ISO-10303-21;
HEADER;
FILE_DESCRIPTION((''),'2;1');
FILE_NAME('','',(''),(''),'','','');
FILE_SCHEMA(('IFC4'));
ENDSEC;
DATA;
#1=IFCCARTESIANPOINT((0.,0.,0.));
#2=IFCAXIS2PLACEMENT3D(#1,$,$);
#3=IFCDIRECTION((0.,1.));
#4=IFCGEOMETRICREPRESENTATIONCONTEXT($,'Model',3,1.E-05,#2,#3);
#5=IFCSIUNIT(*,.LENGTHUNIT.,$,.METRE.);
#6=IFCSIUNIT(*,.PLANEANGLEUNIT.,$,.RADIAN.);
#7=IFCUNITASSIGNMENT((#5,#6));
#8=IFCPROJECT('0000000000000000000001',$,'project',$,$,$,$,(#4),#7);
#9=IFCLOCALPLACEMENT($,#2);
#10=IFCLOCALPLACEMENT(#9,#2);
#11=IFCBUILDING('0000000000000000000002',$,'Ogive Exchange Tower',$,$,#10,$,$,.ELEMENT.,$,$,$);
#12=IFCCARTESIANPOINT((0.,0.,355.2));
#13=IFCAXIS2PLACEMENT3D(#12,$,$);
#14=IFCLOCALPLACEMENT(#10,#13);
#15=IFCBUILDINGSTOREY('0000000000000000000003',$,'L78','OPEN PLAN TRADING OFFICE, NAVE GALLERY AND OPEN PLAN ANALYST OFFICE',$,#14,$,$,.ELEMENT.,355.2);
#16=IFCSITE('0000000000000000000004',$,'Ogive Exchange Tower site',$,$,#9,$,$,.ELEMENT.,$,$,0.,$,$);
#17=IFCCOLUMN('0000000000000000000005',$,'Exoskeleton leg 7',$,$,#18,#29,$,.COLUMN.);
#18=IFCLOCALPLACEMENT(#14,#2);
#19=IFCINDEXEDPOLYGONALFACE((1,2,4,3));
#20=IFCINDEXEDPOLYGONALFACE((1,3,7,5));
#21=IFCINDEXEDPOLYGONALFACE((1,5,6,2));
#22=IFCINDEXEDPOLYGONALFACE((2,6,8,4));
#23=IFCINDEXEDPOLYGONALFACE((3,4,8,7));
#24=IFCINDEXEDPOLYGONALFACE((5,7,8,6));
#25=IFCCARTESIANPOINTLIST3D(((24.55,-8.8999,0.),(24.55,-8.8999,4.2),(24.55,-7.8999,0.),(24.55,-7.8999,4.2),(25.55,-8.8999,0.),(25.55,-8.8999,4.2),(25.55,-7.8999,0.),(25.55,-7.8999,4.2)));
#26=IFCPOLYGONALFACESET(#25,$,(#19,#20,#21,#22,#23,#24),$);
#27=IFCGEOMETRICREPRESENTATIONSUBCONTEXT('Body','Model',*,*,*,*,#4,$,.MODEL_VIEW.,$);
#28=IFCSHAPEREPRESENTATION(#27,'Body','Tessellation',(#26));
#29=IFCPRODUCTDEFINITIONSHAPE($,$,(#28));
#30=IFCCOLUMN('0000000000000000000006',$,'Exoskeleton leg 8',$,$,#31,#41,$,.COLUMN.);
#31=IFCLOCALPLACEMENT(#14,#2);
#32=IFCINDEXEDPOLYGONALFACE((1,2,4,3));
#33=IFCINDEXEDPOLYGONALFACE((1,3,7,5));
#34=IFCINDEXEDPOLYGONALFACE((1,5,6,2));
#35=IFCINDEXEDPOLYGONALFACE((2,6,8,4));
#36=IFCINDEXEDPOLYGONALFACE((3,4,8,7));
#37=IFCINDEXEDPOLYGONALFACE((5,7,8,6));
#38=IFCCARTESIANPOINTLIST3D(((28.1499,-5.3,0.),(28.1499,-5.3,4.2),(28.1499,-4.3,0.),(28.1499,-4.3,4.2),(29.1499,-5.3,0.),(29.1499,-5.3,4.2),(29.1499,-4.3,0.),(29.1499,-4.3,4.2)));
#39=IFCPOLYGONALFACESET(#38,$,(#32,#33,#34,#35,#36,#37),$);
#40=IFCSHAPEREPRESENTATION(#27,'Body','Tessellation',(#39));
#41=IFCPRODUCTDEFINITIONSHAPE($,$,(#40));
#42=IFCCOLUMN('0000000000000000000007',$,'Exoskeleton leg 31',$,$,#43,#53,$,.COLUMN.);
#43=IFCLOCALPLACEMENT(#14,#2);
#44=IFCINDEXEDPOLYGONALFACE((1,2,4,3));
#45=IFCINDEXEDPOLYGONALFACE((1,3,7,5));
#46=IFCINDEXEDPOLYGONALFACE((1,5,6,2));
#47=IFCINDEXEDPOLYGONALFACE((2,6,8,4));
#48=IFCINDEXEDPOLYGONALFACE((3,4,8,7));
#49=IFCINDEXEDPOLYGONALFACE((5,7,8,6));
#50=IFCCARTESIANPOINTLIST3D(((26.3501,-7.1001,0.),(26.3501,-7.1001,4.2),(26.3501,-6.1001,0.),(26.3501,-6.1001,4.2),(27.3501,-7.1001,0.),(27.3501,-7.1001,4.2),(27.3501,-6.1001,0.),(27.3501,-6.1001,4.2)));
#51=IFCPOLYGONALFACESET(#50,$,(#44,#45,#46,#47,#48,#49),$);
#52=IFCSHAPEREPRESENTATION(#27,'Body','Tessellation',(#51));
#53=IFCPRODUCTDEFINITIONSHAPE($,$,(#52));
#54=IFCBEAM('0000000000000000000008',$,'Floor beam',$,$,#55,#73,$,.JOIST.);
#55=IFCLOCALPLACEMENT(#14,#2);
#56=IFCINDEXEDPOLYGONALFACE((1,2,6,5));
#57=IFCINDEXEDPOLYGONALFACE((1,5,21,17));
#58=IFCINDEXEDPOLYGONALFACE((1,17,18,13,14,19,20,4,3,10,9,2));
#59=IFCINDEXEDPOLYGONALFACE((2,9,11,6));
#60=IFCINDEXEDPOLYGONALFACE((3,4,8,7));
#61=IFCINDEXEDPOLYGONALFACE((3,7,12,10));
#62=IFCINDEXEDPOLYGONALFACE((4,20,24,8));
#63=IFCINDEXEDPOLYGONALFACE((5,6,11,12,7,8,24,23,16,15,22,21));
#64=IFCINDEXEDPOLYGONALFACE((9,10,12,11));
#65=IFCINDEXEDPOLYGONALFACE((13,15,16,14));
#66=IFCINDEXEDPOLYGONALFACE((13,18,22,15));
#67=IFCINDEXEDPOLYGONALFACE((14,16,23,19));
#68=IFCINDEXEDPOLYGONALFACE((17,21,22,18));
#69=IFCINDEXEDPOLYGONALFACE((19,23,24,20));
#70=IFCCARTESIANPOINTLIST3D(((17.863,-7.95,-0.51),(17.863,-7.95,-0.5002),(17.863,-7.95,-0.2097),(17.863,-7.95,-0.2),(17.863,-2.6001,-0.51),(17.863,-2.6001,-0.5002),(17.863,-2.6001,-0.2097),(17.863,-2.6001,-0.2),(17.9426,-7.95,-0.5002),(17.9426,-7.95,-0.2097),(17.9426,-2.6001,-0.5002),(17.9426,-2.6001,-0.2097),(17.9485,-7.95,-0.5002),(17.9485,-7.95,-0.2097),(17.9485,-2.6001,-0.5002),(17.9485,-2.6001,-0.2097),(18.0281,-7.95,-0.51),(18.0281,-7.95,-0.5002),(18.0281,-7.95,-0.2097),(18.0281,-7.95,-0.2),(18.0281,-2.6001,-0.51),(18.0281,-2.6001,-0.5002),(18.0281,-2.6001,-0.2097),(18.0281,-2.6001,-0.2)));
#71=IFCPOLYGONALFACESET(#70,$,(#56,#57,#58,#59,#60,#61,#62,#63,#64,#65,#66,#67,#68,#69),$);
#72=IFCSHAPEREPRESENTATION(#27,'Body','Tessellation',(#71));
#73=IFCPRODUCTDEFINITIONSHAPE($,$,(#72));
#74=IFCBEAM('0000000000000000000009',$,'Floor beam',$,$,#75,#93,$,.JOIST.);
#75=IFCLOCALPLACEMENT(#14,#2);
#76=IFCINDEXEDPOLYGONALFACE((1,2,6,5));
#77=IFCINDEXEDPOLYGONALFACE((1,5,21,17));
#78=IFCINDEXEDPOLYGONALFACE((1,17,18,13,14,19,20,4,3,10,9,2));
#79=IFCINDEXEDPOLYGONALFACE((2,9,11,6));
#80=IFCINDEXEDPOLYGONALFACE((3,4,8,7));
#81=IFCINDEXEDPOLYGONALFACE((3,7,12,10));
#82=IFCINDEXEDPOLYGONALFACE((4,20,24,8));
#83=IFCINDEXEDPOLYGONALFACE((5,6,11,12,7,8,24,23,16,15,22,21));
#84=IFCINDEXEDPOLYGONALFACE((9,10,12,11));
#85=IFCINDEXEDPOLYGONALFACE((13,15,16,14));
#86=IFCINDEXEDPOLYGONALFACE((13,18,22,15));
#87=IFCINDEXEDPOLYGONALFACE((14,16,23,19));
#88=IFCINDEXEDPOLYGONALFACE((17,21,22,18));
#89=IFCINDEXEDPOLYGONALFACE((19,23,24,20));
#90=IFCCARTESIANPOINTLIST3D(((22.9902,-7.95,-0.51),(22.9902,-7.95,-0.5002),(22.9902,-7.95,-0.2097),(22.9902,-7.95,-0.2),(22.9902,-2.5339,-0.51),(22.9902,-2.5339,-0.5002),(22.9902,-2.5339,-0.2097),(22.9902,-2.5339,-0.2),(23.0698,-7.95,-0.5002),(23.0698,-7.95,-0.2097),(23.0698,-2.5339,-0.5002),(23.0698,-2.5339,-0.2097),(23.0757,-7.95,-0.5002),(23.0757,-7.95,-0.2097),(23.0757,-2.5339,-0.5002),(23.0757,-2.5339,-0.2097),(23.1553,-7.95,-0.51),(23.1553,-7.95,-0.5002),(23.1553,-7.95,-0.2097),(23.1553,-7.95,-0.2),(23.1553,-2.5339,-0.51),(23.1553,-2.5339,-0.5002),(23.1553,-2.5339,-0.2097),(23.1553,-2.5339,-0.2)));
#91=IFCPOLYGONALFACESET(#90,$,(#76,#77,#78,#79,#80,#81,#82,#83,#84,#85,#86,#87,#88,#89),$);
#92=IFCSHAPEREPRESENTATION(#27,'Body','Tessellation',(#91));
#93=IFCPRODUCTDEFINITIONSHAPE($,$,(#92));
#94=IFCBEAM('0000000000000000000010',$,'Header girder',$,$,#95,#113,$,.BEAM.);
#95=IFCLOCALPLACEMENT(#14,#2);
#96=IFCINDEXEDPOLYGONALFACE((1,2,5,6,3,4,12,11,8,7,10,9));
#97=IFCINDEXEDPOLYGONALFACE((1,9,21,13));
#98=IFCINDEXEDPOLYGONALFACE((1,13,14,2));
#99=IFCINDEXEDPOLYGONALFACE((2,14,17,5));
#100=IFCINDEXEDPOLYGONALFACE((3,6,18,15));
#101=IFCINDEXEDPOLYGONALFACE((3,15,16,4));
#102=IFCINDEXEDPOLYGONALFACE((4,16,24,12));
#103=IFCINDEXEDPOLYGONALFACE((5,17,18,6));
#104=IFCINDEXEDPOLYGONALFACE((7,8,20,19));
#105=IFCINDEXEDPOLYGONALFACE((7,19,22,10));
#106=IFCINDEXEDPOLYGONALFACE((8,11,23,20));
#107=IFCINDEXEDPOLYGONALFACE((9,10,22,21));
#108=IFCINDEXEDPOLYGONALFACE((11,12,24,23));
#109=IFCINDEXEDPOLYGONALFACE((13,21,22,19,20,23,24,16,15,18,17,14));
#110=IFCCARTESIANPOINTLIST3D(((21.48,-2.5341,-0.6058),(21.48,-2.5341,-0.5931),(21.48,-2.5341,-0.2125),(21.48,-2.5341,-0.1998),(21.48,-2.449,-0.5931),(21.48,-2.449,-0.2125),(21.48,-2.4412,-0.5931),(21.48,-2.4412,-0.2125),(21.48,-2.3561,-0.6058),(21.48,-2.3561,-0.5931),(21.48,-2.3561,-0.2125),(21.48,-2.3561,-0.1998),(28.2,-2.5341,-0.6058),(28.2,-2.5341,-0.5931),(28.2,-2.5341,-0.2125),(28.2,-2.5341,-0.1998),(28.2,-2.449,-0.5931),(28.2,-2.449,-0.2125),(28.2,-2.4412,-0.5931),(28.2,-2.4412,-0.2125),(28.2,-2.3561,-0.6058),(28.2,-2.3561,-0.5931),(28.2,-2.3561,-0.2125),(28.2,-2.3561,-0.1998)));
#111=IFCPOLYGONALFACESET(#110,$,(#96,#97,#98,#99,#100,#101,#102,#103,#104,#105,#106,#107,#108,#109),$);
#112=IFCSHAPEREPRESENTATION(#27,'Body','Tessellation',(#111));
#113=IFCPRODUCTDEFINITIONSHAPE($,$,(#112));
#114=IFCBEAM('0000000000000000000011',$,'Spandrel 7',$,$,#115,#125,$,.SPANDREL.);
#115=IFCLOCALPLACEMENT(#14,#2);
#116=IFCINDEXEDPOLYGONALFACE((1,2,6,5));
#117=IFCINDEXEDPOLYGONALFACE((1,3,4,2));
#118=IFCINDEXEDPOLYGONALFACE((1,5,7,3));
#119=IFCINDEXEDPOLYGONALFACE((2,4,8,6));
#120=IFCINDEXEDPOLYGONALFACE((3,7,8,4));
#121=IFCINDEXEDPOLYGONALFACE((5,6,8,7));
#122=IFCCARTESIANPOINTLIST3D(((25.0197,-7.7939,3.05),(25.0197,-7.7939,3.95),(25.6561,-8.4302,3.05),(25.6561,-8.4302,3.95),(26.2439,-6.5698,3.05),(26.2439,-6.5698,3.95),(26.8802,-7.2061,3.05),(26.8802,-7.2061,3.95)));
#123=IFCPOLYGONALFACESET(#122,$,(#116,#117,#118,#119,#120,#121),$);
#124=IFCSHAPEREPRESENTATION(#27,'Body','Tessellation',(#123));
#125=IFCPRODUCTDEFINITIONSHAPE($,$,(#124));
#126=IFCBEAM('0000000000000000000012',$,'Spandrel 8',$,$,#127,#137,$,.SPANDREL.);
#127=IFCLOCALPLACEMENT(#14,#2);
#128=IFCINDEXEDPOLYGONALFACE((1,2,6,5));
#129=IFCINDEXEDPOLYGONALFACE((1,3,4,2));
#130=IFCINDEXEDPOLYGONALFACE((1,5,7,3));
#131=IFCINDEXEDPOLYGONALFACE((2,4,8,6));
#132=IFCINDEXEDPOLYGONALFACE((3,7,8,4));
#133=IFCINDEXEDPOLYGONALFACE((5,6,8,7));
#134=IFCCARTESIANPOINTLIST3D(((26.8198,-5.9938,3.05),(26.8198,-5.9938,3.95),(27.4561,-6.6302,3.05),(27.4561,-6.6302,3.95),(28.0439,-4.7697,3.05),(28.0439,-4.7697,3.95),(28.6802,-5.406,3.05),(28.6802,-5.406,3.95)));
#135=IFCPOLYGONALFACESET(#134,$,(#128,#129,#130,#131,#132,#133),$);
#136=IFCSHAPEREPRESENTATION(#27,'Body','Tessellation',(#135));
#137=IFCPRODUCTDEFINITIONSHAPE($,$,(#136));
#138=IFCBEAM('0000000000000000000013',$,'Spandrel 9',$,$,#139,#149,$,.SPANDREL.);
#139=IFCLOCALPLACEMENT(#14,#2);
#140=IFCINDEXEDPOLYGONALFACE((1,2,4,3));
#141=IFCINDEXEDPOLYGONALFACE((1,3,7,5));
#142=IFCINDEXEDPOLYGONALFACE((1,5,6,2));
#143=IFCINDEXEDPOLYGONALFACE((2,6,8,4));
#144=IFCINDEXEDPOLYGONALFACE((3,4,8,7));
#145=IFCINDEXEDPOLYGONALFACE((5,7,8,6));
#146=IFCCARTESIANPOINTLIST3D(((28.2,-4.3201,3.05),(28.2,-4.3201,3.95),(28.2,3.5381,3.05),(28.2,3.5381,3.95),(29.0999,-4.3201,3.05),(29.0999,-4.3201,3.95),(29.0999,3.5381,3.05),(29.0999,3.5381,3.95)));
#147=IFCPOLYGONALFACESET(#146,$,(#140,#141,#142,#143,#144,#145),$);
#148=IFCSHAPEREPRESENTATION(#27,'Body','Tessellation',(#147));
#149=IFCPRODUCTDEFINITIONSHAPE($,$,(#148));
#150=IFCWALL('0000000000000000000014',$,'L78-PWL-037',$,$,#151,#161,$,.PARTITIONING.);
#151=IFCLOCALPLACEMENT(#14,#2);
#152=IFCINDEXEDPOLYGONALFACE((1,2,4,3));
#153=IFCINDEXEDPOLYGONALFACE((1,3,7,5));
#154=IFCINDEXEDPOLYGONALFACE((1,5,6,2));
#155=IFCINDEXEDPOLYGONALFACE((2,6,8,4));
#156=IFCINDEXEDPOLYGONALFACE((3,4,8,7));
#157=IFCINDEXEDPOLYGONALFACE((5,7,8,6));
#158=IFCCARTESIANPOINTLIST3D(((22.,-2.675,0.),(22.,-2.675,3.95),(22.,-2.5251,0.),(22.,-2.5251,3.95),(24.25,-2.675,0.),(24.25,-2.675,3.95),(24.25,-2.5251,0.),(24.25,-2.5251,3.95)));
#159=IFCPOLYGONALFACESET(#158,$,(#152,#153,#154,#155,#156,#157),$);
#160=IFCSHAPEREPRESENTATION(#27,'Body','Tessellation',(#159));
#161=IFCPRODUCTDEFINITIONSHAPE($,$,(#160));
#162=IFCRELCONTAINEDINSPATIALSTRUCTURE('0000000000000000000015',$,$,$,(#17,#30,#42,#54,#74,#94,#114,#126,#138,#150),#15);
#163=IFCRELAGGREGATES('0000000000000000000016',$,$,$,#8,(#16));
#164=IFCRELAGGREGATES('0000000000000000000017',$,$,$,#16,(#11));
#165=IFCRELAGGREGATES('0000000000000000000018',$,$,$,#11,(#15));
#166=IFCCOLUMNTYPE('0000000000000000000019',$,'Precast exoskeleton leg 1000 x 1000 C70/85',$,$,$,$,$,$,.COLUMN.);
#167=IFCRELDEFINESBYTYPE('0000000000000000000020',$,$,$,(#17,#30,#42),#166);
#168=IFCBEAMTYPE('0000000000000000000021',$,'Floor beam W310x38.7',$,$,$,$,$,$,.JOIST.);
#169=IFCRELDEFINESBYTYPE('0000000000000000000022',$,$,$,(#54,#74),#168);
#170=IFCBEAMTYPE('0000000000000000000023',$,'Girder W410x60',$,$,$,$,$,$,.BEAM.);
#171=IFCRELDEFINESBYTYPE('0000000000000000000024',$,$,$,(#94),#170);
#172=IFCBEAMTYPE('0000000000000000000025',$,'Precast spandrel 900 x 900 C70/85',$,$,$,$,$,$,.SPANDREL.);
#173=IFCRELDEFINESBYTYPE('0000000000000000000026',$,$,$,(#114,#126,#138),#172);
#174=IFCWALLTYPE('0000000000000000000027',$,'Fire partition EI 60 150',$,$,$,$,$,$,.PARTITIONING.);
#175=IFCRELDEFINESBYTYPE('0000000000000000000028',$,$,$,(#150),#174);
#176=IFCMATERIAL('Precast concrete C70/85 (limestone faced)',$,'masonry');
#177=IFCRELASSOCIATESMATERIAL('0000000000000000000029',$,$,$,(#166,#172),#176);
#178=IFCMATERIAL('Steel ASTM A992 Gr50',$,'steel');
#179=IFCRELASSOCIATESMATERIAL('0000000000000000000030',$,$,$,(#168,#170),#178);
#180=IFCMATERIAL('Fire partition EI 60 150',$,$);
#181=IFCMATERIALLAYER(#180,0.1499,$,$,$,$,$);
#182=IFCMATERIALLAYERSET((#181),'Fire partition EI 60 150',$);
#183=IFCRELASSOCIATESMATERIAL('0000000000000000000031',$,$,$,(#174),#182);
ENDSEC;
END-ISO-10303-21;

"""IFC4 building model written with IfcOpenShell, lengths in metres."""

from ifc_helpers import new_model, si_unit, direction, frame, frame_2d, origin, origin_2d, place, context, subcontext, project, spatial, rectangle, i_section, extrude, material, layer, layer_set, material_profile, profile_set, type_object, element, save


model = new_model("IFC4")

# Units and contexts
model_context = context("Model", 3, precision=1e-05, world=origin(), true_north=direction((0.0, 1.0)))
body_context = subcontext(model_context, "Body", "Model", "MODEL_VIEW")
ifc_project = project(units=[si_unit("LENGTHUNIT", "METRE"), si_unit("PLANEANGLEUNIT", "RADIAN")], contexts=[model_context])

# Site, building, storey
site_placement = place(None, origin())
site = spatial("IfcSite", under=ifc_project, at=site_placement, Name="Ogive Exchange Tower site", CompositionType="ELEMENT", RefElevation=0.0)
building_placement = place(site_placement, origin())
building = spatial("IfcBuilding", under=site, at=building_placement, Name="Ogive Exchange Tower", CompositionType="ELEMENT")
storey_placement = place(building_placement, frame((0.0, 0.0, 355.2)))
storey = spatial("IfcBuildingStorey", under=building, at=storey_placement, Name="L78", Description="OPEN PLAN TRADING OFFICE, NAVE GALLERY AND OPEN PLAN ANALYST OFFICE", CompositionType="ELEMENT", Elevation=355.2)

# Columns
ifc_material_1 = material(Name="Precast concrete C70/85 (limestone faced)", Category="masonry")
ifc_material_profile_1 = material_profile(ifc_material_1, rectangle(XDim=1.0, YDim=1.0, at=origin_2d()), Name="1000 x 1000")
ifc_profile_set_1 = profile_set([ifc_material_profile_1], Name="Precast concrete C70/85 (limestone faced)")
column_type = type_object("IfcColumnType", Name="Precast exoskeleton leg 1000 x 1000 C70/85", PredefinedType="COLUMN", material=ifc_profile_set_1)
for number, where, z_axis, x_axis, name in (
    (1, (25.05, -8.3999, 0.0), (0.0, 0.0, 1.0), (1.0, 0.0, 0.0), "Exoskeleton leg 7"),
    (2, (28.6499, -4.8, 0.0), (0.0, 0.0, 1.0), (1.0, 0.0, 0.0), "Exoskeleton leg 8"),
    (3, (26.8501, -6.6001, 0.0), (0.0, 0.0, 1.0), (1.0, 0.0, 0.0), "Exoskeleton leg 31"),
):
    element("IfcColumn", number, at=place(storey_placement, frame(where, z_axis=z_axis, x_axis=x_axis)), inside=storey, type_object=column_type, Name=name, PredefinedType="COLUMN", context=body_context, shape_type="SweptSolid", body=[
        extrude(rectangle(XDim=1.0, YDim=1.0, at=origin_2d()), origin(), (0.0, 0.0, 1.0), 4.2),
    ])

# Beams
ifc_material_2 = material(Name="Steel ASTM A992 Gr50", Category="steel")
ifc_material_profile_2 = material_profile(ifc_material_2, i_section(OverallWidth=0.165, OverallDepth=0.3101, WebThickness=0.0059, FlangeThickness=0.0098, at=origin_2d()), Name="W310x38.7")
ifc_profile_set_2 = profile_set([ifc_material_profile_2], Name="Steel ASTM A992 Gr50")
beam_type_1 = type_object("IfcBeamType", Name="Floor beam W310x38.7", PredefinedType="JOIST", material=ifc_profile_set_2)
beam_1_placement = place(storey_placement, frame((17.9456, -7.95, -0.355), z_axis=(0.0, 1.0, 0.0), x_axis=(-1.0, 0.0, 0.0)))
element("IfcBeam", 4, at=beam_1_placement, inside=storey, type_object=beam_type_1, Name="Floor beam", PredefinedType="JOIST", context=body_context, shape_type="SweptSolid", body=[
    extrude(i_section(OverallWidth=0.165, OverallDepth=0.3101, WebThickness=0.0059, FlangeThickness=0.0098, at=origin_2d()), origin(), (0.0, 0.0, 1.0), 5.3499),
])
beam_2_placement = place(storey_placement, frame((23.0728, -7.95, -0.355), z_axis=(0.0, 1.0, 0.0), x_axis=(-1.0, 0.0, 0.0)))
element("IfcBeam", 5, at=beam_2_placement, inside=storey, type_object=beam_type_1, Name="Floor beam", PredefinedType="JOIST", context=body_context, shape_type="SweptSolid", body=[
    extrude(i_section(OverallWidth=0.165, OverallDepth=0.3101, WebThickness=0.0059, FlangeThickness=0.0098, at=origin_2d()), origin(), (0.0, 0.0, 1.0), 5.416),
])
ifc_material_profile_3 = material_profile(ifc_material_2, i_section(OverallWidth=0.178, OverallDepth=0.406, WebThickness=0.0078, FlangeThickness=0.0127, at=origin_2d()), Name="W410x60")
ifc_profile_set_3 = profile_set([ifc_material_profile_3], Name="Steel ASTM A992 Gr50")
beam_type_2 = type_object("IfcBeamType", Name="Girder W410x60", PredefinedType="BEAM", material=ifc_profile_set_3)
beam_3_placement = place(storey_placement, frame((21.48, -2.4451, -0.4028), z_axis=(1.0, 0.0, 0.0), x_axis=(0.0, 1.0, 0.0)))
element("IfcBeam", 6, at=beam_3_placement, inside=storey, type_object=beam_type_2, Name="Header girder", PredefinedType="BEAM", context=body_context, shape_type="SweptSolid", body=[
    extrude(i_section(OverallWidth=0.178, OverallDepth=0.406, WebThickness=0.0078, FlangeThickness=0.0127, at=origin_2d()), origin(), (0.0, 0.0, 1.0), 6.72),
])
ifc_material_profile_4 = material_profile(ifc_material_1, rectangle(XDim=0.8999, YDim=0.8999, at=origin_2d()), Name="900 x 900")
ifc_profile_set_4 = profile_set([ifc_material_profile_4], Name="Precast concrete C70/85 (limestone faced)")
beam_type_3 = type_object("IfcBeamType", Name="Precast spandrel 900 x 900 C70/85", PredefinedType="SPANDREL", material=ifc_profile_set_4)
for number, where, z_axis, x_axis, name in (
    (7, (25.3379, -8.1121, 3.5), (0.707107, 0.707107, 0.0), (-0.707107, 0.707107, 0.0), "Spandrel 7"),
    (8, (27.1379, -6.312, 3.5), (0.707107, 0.707107, 0.0), (-0.707107, 0.707107, 0.0), "Spandrel 8"),
):
    element("IfcBeam", number, at=place(storey_placement, frame(where, z_axis=z_axis, x_axis=x_axis)), inside=storey, type_object=beam_type_3, Name=name, PredefinedType="SPANDREL", context=body_context, shape_type="SweptSolid", body=[
        extrude(rectangle(XDim=0.8999, YDim=0.8999, at=origin_2d()), origin(), (0.0, 0.0, 1.0), 1.7312),
    ])
beam_4_placement = place(storey_placement, frame((28.6499, -4.3201, 3.5), z_axis=(0.0, 1.0, 0.0), x_axis=(-1.0, 0.0, 0.0)))
element("IfcBeam", 9, at=beam_4_placement, inside=storey, type_object=beam_type_3, Name="Spandrel 9", PredefinedType="SPANDREL", context=body_context, shape_type="SweptSolid", body=[
    extrude(rectangle(XDim=0.8999, YDim=0.8999, at=origin_2d()), origin(), (0.0, 0.0, 1.0), 7.8582),
])

# Wall
ifc_material_3 = material(Name="Fire partition EI 60 150")
ifc_layer_1 = layer(ifc_material_3, 0.1499)
ifc_layer_set_1 = layer_set([ifc_layer_1], Name="Fire partition EI 60 150")
wall_type_1 = type_object("IfcWallType", Name="Fire partition EI 60 150", PredefinedType="PARTITIONING", material=ifc_layer_set_1)
wall_1_placement = place(storey_placement, frame((22.0, -2.6001, 0.0), z_axis=(0.0, 0.0, 1.0), x_axis=(1.0, 0.0, 0.0)))
element("IfcWall", 10, at=wall_1_placement, inside=storey, type_object=wall_type_1, Name="L78-PWL-037", PredefinedType="PARTITIONING", context=body_context, shape_type="SweptSolid", body=[
    extrude(rectangle(XDim=2.25, YDim=0.1499, at=frame_2d((1.125, 0.0))), origin(), (0.0, 0.0, 1.0), 3.95),
])

save(model, "model.ifc")
